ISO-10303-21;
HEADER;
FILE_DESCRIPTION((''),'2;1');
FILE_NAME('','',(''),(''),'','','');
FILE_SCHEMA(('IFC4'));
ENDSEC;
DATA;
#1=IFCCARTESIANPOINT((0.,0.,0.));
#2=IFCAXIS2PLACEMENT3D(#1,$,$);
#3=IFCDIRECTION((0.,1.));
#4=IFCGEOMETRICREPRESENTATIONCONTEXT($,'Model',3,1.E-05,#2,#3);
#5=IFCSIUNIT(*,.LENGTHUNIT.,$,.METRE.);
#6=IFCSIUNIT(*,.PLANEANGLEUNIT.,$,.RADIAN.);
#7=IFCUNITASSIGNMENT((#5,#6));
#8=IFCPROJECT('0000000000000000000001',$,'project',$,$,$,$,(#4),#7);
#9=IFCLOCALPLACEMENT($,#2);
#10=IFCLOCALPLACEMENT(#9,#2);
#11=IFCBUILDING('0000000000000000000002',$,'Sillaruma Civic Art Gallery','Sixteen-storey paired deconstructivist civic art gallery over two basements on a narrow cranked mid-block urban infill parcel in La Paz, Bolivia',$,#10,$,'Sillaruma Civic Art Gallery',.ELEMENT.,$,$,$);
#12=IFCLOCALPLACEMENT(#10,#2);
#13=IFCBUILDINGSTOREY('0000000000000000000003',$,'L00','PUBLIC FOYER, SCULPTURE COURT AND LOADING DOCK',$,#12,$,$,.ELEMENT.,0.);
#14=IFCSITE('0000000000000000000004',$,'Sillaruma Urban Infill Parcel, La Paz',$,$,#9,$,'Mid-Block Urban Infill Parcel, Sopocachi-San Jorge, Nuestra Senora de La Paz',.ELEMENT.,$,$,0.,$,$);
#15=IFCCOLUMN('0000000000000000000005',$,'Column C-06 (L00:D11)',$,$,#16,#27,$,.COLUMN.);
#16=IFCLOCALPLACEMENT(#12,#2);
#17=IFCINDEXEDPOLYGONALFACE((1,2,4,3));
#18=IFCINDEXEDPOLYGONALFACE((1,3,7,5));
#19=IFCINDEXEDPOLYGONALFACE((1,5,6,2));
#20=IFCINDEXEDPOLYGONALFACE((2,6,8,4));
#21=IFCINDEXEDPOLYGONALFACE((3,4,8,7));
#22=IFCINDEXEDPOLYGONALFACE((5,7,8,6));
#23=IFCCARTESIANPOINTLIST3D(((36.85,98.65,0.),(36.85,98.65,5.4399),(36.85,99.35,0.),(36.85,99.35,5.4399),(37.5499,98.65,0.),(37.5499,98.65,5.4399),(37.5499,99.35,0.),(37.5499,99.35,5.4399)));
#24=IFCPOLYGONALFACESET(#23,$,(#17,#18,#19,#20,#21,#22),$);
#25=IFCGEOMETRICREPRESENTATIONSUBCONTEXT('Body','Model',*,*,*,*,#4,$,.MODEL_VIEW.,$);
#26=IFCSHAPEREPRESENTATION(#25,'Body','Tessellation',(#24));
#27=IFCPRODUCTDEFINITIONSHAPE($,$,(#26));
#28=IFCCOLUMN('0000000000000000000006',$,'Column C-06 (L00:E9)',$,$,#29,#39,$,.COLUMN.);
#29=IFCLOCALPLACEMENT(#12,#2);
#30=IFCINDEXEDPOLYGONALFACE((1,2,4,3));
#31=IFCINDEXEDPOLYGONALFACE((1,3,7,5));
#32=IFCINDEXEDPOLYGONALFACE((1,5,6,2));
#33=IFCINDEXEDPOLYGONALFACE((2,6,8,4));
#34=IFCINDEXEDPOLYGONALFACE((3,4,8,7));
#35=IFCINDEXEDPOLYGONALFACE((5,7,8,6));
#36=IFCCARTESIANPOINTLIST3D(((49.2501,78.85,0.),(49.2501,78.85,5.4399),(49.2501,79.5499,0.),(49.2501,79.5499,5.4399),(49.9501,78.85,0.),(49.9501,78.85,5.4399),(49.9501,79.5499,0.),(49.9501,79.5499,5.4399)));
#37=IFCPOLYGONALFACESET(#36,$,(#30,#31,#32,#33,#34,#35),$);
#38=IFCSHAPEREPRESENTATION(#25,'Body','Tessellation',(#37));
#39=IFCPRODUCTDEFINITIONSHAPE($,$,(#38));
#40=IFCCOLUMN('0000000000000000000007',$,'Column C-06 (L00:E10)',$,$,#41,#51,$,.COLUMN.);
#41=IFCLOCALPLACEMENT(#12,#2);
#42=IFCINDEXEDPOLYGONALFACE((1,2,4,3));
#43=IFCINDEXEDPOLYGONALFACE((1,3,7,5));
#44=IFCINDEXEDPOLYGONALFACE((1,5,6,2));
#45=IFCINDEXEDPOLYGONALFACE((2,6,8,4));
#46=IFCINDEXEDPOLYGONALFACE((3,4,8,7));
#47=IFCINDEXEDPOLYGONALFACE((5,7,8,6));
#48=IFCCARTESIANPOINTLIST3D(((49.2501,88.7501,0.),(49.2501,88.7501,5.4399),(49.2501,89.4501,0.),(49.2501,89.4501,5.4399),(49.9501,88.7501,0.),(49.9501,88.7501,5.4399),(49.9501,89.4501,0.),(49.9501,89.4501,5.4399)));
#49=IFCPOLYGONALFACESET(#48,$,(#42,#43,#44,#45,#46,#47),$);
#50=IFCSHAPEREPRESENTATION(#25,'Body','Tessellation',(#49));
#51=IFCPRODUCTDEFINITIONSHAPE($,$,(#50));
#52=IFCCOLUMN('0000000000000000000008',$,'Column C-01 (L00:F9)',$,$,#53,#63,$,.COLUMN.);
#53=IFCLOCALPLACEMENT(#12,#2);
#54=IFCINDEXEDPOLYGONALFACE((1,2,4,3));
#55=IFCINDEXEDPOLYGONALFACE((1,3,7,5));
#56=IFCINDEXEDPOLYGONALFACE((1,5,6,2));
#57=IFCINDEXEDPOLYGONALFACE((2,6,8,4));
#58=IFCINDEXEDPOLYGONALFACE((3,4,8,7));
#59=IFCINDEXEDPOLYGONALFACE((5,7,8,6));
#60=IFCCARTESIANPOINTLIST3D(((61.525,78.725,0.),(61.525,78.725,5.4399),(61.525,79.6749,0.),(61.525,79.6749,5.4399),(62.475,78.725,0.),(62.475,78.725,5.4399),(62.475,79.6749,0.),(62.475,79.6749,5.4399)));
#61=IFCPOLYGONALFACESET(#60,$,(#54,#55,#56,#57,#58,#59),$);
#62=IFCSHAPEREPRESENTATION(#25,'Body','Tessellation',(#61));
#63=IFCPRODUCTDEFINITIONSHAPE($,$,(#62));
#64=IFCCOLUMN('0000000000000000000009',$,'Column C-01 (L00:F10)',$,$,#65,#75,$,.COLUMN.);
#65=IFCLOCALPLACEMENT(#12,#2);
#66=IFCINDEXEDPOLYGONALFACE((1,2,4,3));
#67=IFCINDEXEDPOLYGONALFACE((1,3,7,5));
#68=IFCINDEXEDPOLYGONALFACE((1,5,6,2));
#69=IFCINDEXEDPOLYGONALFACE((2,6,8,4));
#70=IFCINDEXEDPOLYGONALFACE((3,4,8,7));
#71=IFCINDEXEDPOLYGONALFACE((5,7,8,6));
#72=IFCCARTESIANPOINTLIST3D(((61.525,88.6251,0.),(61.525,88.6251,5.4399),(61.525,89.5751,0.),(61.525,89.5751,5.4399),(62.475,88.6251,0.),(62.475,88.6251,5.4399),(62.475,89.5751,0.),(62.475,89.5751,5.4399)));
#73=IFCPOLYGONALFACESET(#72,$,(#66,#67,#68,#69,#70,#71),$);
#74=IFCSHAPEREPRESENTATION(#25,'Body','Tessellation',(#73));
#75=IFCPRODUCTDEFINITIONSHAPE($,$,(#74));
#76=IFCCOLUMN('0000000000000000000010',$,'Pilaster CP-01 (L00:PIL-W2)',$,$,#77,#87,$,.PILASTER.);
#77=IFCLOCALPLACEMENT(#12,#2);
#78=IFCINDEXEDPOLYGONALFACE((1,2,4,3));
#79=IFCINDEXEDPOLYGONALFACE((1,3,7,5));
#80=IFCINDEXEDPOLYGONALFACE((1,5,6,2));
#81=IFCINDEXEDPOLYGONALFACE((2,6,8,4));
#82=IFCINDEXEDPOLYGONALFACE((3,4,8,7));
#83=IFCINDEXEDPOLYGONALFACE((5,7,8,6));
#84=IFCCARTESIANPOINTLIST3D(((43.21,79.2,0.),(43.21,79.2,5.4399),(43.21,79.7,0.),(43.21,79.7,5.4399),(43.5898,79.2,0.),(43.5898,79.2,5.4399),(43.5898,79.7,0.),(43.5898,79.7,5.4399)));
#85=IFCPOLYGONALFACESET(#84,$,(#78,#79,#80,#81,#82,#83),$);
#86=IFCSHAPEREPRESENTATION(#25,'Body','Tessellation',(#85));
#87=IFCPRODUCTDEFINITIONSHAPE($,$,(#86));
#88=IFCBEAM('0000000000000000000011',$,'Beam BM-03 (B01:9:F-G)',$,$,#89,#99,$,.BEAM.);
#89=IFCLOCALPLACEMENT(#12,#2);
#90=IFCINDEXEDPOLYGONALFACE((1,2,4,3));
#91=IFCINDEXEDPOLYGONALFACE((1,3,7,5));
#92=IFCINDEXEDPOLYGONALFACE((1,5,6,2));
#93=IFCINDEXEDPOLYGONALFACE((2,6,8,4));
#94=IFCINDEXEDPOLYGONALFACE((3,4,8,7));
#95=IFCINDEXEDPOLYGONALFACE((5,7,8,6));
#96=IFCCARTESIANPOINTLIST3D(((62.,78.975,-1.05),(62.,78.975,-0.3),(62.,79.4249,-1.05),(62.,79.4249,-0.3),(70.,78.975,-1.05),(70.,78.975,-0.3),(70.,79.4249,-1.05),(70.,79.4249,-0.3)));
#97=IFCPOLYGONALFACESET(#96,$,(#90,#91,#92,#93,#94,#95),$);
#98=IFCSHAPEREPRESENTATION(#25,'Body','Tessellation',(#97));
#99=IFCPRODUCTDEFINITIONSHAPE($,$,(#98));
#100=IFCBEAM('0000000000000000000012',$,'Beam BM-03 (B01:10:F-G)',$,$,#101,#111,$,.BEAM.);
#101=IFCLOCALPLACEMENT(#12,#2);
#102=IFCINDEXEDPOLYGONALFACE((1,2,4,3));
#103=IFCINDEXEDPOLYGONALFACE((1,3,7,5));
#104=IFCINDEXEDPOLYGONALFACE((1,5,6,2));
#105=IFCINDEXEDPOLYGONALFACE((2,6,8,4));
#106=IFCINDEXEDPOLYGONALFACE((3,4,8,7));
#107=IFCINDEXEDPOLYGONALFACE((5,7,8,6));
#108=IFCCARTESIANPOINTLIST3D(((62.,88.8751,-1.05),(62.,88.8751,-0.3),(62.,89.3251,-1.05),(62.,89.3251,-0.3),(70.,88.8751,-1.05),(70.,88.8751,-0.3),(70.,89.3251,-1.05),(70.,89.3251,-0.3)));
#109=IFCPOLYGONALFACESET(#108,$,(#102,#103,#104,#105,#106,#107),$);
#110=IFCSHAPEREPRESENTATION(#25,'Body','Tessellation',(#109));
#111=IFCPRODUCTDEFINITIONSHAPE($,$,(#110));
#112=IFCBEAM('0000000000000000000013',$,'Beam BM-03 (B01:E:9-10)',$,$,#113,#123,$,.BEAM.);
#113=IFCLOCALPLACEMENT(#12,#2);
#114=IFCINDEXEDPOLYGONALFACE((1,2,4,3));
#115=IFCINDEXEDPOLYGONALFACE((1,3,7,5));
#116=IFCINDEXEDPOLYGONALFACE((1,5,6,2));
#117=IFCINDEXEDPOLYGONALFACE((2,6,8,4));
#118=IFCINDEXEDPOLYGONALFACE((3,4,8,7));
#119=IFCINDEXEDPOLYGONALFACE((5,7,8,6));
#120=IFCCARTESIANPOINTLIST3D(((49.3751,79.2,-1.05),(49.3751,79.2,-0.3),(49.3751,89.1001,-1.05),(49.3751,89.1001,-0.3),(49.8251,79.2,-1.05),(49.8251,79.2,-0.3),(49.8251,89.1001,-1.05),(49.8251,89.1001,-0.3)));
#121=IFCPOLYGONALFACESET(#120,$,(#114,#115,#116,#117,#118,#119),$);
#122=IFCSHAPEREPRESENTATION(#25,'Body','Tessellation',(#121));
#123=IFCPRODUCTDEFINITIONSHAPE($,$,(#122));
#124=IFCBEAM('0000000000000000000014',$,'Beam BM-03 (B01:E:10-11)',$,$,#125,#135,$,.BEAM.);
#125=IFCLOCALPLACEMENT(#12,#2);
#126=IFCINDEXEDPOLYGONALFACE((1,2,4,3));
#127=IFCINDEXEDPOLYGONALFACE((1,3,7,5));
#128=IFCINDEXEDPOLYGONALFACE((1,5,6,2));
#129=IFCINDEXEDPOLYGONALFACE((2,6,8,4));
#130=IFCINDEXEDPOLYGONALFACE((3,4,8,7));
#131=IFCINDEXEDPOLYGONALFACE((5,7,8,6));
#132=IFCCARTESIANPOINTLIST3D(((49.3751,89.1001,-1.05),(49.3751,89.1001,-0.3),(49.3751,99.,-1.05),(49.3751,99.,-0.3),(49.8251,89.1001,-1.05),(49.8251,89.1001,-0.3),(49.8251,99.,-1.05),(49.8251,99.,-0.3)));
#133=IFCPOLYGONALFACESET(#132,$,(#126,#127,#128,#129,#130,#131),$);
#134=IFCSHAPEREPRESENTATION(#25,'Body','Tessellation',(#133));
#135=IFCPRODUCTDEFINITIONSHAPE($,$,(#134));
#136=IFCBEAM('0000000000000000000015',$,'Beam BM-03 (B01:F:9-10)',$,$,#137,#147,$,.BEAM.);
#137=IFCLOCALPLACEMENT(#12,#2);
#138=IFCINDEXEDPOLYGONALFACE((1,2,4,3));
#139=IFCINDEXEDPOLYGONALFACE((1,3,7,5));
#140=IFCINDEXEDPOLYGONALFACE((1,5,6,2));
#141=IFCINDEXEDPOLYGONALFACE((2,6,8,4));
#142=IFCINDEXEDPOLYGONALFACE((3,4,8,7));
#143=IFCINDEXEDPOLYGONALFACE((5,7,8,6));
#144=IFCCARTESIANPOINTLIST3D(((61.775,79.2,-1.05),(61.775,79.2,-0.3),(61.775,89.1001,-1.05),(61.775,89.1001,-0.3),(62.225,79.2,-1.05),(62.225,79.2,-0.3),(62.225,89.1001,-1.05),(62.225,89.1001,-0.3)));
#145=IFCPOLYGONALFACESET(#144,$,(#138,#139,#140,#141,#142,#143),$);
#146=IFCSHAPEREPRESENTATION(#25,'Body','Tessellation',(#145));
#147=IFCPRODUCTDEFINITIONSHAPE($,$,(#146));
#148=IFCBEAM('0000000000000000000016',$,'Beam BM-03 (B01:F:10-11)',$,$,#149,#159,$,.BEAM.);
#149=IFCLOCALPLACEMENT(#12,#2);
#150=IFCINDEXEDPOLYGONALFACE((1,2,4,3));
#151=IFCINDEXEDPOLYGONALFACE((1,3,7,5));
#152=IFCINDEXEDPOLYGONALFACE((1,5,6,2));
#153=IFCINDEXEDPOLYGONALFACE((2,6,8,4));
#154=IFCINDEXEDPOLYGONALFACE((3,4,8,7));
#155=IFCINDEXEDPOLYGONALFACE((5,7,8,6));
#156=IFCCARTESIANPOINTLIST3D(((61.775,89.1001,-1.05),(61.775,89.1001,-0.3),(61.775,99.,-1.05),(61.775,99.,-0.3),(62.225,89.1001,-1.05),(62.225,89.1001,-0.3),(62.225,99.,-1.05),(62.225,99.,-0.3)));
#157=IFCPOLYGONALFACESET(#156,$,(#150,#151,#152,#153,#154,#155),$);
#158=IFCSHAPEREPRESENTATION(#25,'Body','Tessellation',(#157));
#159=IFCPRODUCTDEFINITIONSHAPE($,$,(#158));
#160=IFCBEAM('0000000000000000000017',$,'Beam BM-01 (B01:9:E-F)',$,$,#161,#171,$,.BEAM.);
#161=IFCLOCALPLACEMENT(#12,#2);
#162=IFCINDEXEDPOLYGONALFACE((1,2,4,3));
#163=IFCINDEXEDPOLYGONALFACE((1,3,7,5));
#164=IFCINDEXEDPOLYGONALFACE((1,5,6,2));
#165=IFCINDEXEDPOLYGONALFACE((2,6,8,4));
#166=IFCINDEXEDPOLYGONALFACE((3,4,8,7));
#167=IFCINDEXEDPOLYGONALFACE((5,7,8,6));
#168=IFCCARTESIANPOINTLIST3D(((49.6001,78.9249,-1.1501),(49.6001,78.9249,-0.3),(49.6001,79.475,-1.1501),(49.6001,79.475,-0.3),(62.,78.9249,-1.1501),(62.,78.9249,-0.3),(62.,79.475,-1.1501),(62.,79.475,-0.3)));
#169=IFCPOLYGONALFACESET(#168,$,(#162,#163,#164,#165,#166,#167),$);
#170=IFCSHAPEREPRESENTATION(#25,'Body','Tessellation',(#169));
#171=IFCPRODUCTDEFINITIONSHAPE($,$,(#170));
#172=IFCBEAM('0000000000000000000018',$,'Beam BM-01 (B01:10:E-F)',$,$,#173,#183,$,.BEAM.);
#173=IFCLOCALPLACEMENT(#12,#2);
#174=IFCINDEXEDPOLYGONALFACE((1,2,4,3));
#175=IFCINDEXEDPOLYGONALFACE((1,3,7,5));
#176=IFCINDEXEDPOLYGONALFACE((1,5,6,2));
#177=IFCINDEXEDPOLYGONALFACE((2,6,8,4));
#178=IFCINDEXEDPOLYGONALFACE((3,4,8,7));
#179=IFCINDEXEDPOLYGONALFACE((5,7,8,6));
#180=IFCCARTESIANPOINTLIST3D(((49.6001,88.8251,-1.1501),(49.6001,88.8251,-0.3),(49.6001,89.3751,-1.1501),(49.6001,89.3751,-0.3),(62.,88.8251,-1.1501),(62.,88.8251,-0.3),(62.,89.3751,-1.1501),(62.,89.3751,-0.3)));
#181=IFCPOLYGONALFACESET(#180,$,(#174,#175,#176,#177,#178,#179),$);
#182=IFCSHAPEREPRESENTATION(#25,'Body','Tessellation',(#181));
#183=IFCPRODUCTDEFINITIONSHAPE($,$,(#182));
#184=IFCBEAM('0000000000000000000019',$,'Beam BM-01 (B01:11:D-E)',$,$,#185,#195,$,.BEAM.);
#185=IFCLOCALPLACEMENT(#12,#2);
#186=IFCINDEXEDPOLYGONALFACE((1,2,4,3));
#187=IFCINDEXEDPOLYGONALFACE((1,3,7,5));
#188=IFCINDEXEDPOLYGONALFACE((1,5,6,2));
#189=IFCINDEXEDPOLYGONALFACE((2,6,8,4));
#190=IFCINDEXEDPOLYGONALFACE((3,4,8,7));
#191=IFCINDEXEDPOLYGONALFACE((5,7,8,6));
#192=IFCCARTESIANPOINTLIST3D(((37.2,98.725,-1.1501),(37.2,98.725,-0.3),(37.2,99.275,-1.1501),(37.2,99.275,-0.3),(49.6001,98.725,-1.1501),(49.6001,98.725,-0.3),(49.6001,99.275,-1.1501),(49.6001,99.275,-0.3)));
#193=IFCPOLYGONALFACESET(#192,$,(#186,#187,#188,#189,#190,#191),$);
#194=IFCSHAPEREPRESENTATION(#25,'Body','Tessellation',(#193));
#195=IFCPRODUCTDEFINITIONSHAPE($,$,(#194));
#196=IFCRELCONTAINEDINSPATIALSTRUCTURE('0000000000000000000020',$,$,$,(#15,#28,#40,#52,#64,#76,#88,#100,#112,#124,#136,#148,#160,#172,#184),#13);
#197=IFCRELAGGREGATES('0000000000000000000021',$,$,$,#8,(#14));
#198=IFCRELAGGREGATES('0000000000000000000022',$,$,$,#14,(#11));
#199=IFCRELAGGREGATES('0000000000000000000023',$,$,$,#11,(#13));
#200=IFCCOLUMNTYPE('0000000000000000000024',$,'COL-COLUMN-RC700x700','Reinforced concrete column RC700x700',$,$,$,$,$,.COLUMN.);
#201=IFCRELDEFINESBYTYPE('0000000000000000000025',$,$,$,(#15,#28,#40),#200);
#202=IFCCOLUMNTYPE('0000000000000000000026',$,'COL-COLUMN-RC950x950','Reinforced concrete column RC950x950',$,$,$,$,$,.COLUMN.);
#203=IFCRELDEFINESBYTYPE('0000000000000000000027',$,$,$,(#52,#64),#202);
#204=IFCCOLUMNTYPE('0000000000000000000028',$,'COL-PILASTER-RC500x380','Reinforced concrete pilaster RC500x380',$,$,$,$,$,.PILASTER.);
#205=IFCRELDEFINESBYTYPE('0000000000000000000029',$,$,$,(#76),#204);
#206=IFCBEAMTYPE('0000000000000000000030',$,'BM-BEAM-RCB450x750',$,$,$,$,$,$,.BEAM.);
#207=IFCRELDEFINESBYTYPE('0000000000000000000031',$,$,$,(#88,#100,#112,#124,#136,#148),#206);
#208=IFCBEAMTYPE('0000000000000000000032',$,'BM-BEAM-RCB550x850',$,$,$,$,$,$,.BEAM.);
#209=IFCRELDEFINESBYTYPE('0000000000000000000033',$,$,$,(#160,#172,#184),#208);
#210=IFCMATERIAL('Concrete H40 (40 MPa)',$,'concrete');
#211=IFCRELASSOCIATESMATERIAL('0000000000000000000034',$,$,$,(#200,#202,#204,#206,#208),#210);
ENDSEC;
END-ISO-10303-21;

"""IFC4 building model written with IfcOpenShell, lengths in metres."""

from ifc_helpers import new_model, si_unit, direction, frame, origin, origin_2d, place, context, subcontext, project, spatial, rectangle, extrude, material, material_profile, profile_set, type_object, element, save


model = new_model("IFC4")

# Units and contexts
model_context = context("Model", 3, precision=1e-05, world=origin(), true_north=direction((0.0, 1.0)))
body_context = subcontext(model_context, "Body", "Model", "MODEL_VIEW")
ifc_project = project(units=[si_unit("LENGTHUNIT", "METRE"), si_unit("PLANEANGLEUNIT", "RADIAN")], contexts=[model_context])

# Site, building, storey
site_placement = place(None, origin())
site = spatial("IfcSite", under=ifc_project, at=site_placement, Name="Sillaruma Urban Infill Parcel, La Paz", LongName="Mid-Block Urban Infill Parcel, Sopocachi-San Jorge, Nuestra Senora de La Paz", CompositionType="ELEMENT", RefElevation=0.0)
building_placement = place(site_placement, origin())
building = spatial("IfcBuilding", under=site, at=building_placement, Name="Sillaruma Civic Art Gallery", Description="Sixteen-storey paired deconstructivist civic art gallery over two basements on a narrow cranked mid-block urban infill parcel in La Paz, Bolivia", LongName="Sillaruma Civic Art Gallery", CompositionType="ELEMENT")
storey_placement = place(building_placement, origin())
storey = spatial("IfcBuildingStorey", under=building, at=storey_placement, Name="L00", Description="PUBLIC FOYER, SCULPTURE COURT AND LOADING DOCK", CompositionType="ELEMENT", Elevation=0.0)

# Columns
ifc_material_1 = material(Name="Concrete H40 (40 MPa)", Category="concrete")
ifc_material_profile_1 = material_profile(ifc_material_1, rectangle(XDim=0.7, YDim=0.7, at=origin_2d()), Name="RC700x700")
ifc_profile_set_1 = profile_set([ifc_material_profile_1], Name="Concrete H40 (40 MPa)")
column_type_1 = type_object("IfcColumnType", Name="COL-COLUMN-RC700x700", Description="Reinforced concrete column RC700x700", PredefinedType="COLUMN", material=ifc_profile_set_1)
for number, where, z_axis, x_axis, name in (
    (1, (37.2, 99.0, 0.0), (0.0, 0.0, 1.0), (1.0, 0.0, 0.0), "Column C-06 (L00:D11)"),
    (2, (49.6001, 79.2, 0.0), (0.0, 0.0, 1.0), (1.0, 0.0, 0.0), "Column C-06 (L00:E9)"),
    (3, (49.6001, 89.1001, 0.0), (0.0, 0.0, 1.0), (1.0, 0.0, 0.0), "Column C-06 (L00:E10)"),
):
    element("IfcColumn", number, at=place(storey_placement, frame(where, z_axis=z_axis, x_axis=x_axis)), inside=storey, type_object=column_type_1, Name=name, PredefinedType="COLUMN", context=body_context, shape_type="SweptSolid", body=[
        extrude(rectangle(XDim=0.7, YDim=0.7, at=origin_2d()), origin(), (0.0, 0.0, 1.0), 5.4399),
    ])
ifc_material_profile_2 = material_profile(ifc_material_1, rectangle(XDim=0.95, YDim=0.95, at=origin_2d()), Name="RC950x950")
ifc_profile_set_2 = profile_set([ifc_material_profile_2], Name="Concrete H40 (40 MPa)")
column_type_2 = type_object("IfcColumnType", Name="COL-COLUMN-RC950x950", Description="Reinforced concrete column RC950x950", PredefinedType="COLUMN", material=ifc_profile_set_2)
for number, where, z_axis, x_axis, name in (
    (4, (62.0, 79.2, 0.0), (0.0, 0.0, 1.0), (1.0, 0.0, 0.0), "Column C-01 (L00:F9)"),
    (5, (62.0, 89.1001, 0.0), (0.0, 0.0, 1.0), (1.0, 0.0, 0.0), "Column C-01 (L00:F10)"),
):
    element("IfcColumn", number, at=place(storey_placement, frame(where, z_axis=z_axis, x_axis=x_axis)), inside=storey, type_object=column_type_2, Name=name, PredefinedType="COLUMN", context=body_context, shape_type="SweptSolid", body=[
        extrude(rectangle(XDim=0.95, YDim=0.95, at=origin_2d()), origin(), (0.0, 0.0, 1.0), 5.4399),
    ])
ifc_material_profile_3 = material_profile(ifc_material_1, rectangle(XDim=0.3799, YDim=0.5, at=origin_2d()), Name="RC500x380")
ifc_profile_set_3 = profile_set([ifc_material_profile_3], Name="Concrete H40 (40 MPa)")
column_type_3 = type_object("IfcColumnType", Name="COL-PILASTER-RC500x380", Description="Reinforced concrete pilaster RC500x380", PredefinedType="PILASTER", material=ifc_profile_set_3)
column_placement = place(storey_placement, frame((43.3999, 79.45, 0.0), z_axis=(0.0, 0.0, 1.0), x_axis=(1.0, 0.0, 0.0)))
element("IfcColumn", 6, at=column_placement, inside=storey, type_object=column_type_3, Name="Pilaster CP-01 (L00:PIL-W2)", PredefinedType="PILASTER", context=body_context, shape_type="SweptSolid", body=[
    extrude(rectangle(XDim=0.3799, YDim=0.5, at=origin_2d()), origin(), (0.0, 0.0, 1.0), 5.4399),
])

# Beams
ifc_material_profile_4 = material_profile(ifc_material_1, rectangle(XDim=0.45, YDim=0.75, at=origin_2d()), Name="RCB450x750")
ifc_profile_set_4 = profile_set([ifc_material_profile_4], Name="Concrete H40 (40 MPa)")
beam_type_1 = type_object("IfcBeamType", Name="BM-BEAM-RCB450x750", PredefinedType="BEAM", material=ifc_profile_set_4)
for number, where, z_axis, x_axis, name in (
    (7, (62.0, 79.2, -0.675), (1.0, 0.0, 0.0), (0.0, 1.0, 0.0), "Beam BM-03 (B01:9:F-G)"),
    (8, (62.0, 89.1001, -0.675), (1.0, 0.0, 0.0), (0.0, 1.0, 0.0), "Beam BM-03 (B01:10:F-G)"),
):
    element("IfcBeam", number, at=place(storey_placement, frame(where, z_axis=z_axis, x_axis=x_axis)), inside=storey, type_object=beam_type_1, Name=name, PredefinedType="BEAM", context=body_context, shape_type="SweptSolid", body=[
        extrude(rectangle(XDim=0.45, YDim=0.75, at=origin_2d()), origin(), (0.0, 0.0, 1.0), 8.0),
    ])
beam_1_placement = place(storey_placement, frame((49.6001, 79.2, -0.675), z_axis=(0.0, 1.0, 0.0), x_axis=(-1.0, 0.0, 0.0)))
element("IfcBeam", 9, at=beam_1_placement, inside=storey, type_object=beam_type_1, Name="Beam BM-03 (B01:E:9-10)", PredefinedType="BEAM", context=body_context, shape_type="SweptSolid", body=[
    extrude(rectangle(XDim=0.45, YDim=0.75, at=origin_2d()), origin(), (0.0, 0.0, 1.0), 9.9001),
])
beam_2_placement = place(storey_placement, frame((49.6001, 89.1001, -0.675), z_axis=(0.0, 1.0, 0.0), x_axis=(-1.0, 0.0, 0.0)))
element("IfcBeam", 10, at=beam_2_placement, inside=storey, type_object=beam_type_1, Name="Beam BM-03 (B01:E:10-11)", PredefinedType="BEAM", context=body_context, shape_type="SweptSolid", body=[
    extrude(rectangle(XDim=0.45, YDim=0.75, at=origin_2d()), origin(), (0.0, 0.0, 1.0), 9.8999),
])
beam_3_placement = place(storey_placement, frame((62.0, 79.2, -0.675), z_axis=(0.0, 1.0, 0.0), x_axis=(-1.0, 0.0, 0.0)))
element("IfcBeam", 11, at=beam_3_placement, inside=storey, type_object=beam_type_1, Name="Beam BM-03 (B01:F:9-10)", PredefinedType="BEAM", context=body_context, shape_type="SweptSolid", body=[
    extrude(rectangle(XDim=0.45, YDim=0.75, at=origin_2d()), origin(), (0.0, 0.0, 1.0), 9.9001),
])
beam_4_placement = place(storey_placement, frame((62.0, 89.1001, -0.675), z_axis=(0.0, 1.0, 0.0), x_axis=(-1.0, 0.0, 0.0)))
element("IfcBeam", 12, at=beam_4_placement, inside=storey, type_object=beam_type_1, Name="Beam BM-03 (B01:F:10-11)", PredefinedType="BEAM", context=body_context, shape_type="SweptSolid", body=[
    extrude(rectangle(XDim=0.45, YDim=0.75, at=origin_2d()), origin(), (0.0, 0.0, 1.0), 9.8999),
])
ifc_material_profile_5 = material_profile(ifc_material_1, rectangle(XDim=0.55, YDim=0.8501, at=origin_2d()), Name="RCB550x850")
ifc_profile_set_5 = profile_set([ifc_material_profile_5], Name="Concrete H40 (40 MPa)")
beam_type_2 = type_object("IfcBeamType", Name="BM-BEAM-RCB550x850", PredefinedType="BEAM", material=ifc_profile_set_5)
for number, where, z_axis, x_axis, name in (
    (13, (49.6001, 79.2, -0.7251), (1.0, 0.0, 0.0), (0.0, 1.0, 0.0), "Beam BM-01 (B01:9:E-F)"),
    (14, (49.6001, 89.1001, -0.7251), (1.0, 0.0, 0.0), (0.0, 1.0, 0.0), "Beam BM-01 (B01:10:E-F)"),
):
    element("IfcBeam", number, at=place(storey_placement, frame(where, z_axis=z_axis, x_axis=x_axis)), inside=storey, type_object=beam_type_2, Name=name, PredefinedType="BEAM", context=body_context, shape_type="SweptSolid", body=[
        extrude(rectangle(XDim=0.55, YDim=0.8501, at=origin_2d()), origin(), (0.0, 0.0, 1.0), 12.3999),
    ])
beam_5_placement = place(storey_placement, frame((37.2, 99.0, -0.7251), z_axis=(1.0, 0.0, 0.0), x_axis=(0.0, 1.0, 0.0)))
element("IfcBeam", 15, at=beam_5_placement, inside=storey, type_object=beam_type_2, Name="Beam BM-01 (B01:11:D-E)", PredefinedType="BEAM", context=body_context, shape_type="SweptSolid", body=[
    extrude(rectangle(XDim=0.55, YDim=0.8501, at=origin_2d()), origin(), (0.0, 0.0, 1.0), 12.4001),
])

save(model, "model.ifc")
